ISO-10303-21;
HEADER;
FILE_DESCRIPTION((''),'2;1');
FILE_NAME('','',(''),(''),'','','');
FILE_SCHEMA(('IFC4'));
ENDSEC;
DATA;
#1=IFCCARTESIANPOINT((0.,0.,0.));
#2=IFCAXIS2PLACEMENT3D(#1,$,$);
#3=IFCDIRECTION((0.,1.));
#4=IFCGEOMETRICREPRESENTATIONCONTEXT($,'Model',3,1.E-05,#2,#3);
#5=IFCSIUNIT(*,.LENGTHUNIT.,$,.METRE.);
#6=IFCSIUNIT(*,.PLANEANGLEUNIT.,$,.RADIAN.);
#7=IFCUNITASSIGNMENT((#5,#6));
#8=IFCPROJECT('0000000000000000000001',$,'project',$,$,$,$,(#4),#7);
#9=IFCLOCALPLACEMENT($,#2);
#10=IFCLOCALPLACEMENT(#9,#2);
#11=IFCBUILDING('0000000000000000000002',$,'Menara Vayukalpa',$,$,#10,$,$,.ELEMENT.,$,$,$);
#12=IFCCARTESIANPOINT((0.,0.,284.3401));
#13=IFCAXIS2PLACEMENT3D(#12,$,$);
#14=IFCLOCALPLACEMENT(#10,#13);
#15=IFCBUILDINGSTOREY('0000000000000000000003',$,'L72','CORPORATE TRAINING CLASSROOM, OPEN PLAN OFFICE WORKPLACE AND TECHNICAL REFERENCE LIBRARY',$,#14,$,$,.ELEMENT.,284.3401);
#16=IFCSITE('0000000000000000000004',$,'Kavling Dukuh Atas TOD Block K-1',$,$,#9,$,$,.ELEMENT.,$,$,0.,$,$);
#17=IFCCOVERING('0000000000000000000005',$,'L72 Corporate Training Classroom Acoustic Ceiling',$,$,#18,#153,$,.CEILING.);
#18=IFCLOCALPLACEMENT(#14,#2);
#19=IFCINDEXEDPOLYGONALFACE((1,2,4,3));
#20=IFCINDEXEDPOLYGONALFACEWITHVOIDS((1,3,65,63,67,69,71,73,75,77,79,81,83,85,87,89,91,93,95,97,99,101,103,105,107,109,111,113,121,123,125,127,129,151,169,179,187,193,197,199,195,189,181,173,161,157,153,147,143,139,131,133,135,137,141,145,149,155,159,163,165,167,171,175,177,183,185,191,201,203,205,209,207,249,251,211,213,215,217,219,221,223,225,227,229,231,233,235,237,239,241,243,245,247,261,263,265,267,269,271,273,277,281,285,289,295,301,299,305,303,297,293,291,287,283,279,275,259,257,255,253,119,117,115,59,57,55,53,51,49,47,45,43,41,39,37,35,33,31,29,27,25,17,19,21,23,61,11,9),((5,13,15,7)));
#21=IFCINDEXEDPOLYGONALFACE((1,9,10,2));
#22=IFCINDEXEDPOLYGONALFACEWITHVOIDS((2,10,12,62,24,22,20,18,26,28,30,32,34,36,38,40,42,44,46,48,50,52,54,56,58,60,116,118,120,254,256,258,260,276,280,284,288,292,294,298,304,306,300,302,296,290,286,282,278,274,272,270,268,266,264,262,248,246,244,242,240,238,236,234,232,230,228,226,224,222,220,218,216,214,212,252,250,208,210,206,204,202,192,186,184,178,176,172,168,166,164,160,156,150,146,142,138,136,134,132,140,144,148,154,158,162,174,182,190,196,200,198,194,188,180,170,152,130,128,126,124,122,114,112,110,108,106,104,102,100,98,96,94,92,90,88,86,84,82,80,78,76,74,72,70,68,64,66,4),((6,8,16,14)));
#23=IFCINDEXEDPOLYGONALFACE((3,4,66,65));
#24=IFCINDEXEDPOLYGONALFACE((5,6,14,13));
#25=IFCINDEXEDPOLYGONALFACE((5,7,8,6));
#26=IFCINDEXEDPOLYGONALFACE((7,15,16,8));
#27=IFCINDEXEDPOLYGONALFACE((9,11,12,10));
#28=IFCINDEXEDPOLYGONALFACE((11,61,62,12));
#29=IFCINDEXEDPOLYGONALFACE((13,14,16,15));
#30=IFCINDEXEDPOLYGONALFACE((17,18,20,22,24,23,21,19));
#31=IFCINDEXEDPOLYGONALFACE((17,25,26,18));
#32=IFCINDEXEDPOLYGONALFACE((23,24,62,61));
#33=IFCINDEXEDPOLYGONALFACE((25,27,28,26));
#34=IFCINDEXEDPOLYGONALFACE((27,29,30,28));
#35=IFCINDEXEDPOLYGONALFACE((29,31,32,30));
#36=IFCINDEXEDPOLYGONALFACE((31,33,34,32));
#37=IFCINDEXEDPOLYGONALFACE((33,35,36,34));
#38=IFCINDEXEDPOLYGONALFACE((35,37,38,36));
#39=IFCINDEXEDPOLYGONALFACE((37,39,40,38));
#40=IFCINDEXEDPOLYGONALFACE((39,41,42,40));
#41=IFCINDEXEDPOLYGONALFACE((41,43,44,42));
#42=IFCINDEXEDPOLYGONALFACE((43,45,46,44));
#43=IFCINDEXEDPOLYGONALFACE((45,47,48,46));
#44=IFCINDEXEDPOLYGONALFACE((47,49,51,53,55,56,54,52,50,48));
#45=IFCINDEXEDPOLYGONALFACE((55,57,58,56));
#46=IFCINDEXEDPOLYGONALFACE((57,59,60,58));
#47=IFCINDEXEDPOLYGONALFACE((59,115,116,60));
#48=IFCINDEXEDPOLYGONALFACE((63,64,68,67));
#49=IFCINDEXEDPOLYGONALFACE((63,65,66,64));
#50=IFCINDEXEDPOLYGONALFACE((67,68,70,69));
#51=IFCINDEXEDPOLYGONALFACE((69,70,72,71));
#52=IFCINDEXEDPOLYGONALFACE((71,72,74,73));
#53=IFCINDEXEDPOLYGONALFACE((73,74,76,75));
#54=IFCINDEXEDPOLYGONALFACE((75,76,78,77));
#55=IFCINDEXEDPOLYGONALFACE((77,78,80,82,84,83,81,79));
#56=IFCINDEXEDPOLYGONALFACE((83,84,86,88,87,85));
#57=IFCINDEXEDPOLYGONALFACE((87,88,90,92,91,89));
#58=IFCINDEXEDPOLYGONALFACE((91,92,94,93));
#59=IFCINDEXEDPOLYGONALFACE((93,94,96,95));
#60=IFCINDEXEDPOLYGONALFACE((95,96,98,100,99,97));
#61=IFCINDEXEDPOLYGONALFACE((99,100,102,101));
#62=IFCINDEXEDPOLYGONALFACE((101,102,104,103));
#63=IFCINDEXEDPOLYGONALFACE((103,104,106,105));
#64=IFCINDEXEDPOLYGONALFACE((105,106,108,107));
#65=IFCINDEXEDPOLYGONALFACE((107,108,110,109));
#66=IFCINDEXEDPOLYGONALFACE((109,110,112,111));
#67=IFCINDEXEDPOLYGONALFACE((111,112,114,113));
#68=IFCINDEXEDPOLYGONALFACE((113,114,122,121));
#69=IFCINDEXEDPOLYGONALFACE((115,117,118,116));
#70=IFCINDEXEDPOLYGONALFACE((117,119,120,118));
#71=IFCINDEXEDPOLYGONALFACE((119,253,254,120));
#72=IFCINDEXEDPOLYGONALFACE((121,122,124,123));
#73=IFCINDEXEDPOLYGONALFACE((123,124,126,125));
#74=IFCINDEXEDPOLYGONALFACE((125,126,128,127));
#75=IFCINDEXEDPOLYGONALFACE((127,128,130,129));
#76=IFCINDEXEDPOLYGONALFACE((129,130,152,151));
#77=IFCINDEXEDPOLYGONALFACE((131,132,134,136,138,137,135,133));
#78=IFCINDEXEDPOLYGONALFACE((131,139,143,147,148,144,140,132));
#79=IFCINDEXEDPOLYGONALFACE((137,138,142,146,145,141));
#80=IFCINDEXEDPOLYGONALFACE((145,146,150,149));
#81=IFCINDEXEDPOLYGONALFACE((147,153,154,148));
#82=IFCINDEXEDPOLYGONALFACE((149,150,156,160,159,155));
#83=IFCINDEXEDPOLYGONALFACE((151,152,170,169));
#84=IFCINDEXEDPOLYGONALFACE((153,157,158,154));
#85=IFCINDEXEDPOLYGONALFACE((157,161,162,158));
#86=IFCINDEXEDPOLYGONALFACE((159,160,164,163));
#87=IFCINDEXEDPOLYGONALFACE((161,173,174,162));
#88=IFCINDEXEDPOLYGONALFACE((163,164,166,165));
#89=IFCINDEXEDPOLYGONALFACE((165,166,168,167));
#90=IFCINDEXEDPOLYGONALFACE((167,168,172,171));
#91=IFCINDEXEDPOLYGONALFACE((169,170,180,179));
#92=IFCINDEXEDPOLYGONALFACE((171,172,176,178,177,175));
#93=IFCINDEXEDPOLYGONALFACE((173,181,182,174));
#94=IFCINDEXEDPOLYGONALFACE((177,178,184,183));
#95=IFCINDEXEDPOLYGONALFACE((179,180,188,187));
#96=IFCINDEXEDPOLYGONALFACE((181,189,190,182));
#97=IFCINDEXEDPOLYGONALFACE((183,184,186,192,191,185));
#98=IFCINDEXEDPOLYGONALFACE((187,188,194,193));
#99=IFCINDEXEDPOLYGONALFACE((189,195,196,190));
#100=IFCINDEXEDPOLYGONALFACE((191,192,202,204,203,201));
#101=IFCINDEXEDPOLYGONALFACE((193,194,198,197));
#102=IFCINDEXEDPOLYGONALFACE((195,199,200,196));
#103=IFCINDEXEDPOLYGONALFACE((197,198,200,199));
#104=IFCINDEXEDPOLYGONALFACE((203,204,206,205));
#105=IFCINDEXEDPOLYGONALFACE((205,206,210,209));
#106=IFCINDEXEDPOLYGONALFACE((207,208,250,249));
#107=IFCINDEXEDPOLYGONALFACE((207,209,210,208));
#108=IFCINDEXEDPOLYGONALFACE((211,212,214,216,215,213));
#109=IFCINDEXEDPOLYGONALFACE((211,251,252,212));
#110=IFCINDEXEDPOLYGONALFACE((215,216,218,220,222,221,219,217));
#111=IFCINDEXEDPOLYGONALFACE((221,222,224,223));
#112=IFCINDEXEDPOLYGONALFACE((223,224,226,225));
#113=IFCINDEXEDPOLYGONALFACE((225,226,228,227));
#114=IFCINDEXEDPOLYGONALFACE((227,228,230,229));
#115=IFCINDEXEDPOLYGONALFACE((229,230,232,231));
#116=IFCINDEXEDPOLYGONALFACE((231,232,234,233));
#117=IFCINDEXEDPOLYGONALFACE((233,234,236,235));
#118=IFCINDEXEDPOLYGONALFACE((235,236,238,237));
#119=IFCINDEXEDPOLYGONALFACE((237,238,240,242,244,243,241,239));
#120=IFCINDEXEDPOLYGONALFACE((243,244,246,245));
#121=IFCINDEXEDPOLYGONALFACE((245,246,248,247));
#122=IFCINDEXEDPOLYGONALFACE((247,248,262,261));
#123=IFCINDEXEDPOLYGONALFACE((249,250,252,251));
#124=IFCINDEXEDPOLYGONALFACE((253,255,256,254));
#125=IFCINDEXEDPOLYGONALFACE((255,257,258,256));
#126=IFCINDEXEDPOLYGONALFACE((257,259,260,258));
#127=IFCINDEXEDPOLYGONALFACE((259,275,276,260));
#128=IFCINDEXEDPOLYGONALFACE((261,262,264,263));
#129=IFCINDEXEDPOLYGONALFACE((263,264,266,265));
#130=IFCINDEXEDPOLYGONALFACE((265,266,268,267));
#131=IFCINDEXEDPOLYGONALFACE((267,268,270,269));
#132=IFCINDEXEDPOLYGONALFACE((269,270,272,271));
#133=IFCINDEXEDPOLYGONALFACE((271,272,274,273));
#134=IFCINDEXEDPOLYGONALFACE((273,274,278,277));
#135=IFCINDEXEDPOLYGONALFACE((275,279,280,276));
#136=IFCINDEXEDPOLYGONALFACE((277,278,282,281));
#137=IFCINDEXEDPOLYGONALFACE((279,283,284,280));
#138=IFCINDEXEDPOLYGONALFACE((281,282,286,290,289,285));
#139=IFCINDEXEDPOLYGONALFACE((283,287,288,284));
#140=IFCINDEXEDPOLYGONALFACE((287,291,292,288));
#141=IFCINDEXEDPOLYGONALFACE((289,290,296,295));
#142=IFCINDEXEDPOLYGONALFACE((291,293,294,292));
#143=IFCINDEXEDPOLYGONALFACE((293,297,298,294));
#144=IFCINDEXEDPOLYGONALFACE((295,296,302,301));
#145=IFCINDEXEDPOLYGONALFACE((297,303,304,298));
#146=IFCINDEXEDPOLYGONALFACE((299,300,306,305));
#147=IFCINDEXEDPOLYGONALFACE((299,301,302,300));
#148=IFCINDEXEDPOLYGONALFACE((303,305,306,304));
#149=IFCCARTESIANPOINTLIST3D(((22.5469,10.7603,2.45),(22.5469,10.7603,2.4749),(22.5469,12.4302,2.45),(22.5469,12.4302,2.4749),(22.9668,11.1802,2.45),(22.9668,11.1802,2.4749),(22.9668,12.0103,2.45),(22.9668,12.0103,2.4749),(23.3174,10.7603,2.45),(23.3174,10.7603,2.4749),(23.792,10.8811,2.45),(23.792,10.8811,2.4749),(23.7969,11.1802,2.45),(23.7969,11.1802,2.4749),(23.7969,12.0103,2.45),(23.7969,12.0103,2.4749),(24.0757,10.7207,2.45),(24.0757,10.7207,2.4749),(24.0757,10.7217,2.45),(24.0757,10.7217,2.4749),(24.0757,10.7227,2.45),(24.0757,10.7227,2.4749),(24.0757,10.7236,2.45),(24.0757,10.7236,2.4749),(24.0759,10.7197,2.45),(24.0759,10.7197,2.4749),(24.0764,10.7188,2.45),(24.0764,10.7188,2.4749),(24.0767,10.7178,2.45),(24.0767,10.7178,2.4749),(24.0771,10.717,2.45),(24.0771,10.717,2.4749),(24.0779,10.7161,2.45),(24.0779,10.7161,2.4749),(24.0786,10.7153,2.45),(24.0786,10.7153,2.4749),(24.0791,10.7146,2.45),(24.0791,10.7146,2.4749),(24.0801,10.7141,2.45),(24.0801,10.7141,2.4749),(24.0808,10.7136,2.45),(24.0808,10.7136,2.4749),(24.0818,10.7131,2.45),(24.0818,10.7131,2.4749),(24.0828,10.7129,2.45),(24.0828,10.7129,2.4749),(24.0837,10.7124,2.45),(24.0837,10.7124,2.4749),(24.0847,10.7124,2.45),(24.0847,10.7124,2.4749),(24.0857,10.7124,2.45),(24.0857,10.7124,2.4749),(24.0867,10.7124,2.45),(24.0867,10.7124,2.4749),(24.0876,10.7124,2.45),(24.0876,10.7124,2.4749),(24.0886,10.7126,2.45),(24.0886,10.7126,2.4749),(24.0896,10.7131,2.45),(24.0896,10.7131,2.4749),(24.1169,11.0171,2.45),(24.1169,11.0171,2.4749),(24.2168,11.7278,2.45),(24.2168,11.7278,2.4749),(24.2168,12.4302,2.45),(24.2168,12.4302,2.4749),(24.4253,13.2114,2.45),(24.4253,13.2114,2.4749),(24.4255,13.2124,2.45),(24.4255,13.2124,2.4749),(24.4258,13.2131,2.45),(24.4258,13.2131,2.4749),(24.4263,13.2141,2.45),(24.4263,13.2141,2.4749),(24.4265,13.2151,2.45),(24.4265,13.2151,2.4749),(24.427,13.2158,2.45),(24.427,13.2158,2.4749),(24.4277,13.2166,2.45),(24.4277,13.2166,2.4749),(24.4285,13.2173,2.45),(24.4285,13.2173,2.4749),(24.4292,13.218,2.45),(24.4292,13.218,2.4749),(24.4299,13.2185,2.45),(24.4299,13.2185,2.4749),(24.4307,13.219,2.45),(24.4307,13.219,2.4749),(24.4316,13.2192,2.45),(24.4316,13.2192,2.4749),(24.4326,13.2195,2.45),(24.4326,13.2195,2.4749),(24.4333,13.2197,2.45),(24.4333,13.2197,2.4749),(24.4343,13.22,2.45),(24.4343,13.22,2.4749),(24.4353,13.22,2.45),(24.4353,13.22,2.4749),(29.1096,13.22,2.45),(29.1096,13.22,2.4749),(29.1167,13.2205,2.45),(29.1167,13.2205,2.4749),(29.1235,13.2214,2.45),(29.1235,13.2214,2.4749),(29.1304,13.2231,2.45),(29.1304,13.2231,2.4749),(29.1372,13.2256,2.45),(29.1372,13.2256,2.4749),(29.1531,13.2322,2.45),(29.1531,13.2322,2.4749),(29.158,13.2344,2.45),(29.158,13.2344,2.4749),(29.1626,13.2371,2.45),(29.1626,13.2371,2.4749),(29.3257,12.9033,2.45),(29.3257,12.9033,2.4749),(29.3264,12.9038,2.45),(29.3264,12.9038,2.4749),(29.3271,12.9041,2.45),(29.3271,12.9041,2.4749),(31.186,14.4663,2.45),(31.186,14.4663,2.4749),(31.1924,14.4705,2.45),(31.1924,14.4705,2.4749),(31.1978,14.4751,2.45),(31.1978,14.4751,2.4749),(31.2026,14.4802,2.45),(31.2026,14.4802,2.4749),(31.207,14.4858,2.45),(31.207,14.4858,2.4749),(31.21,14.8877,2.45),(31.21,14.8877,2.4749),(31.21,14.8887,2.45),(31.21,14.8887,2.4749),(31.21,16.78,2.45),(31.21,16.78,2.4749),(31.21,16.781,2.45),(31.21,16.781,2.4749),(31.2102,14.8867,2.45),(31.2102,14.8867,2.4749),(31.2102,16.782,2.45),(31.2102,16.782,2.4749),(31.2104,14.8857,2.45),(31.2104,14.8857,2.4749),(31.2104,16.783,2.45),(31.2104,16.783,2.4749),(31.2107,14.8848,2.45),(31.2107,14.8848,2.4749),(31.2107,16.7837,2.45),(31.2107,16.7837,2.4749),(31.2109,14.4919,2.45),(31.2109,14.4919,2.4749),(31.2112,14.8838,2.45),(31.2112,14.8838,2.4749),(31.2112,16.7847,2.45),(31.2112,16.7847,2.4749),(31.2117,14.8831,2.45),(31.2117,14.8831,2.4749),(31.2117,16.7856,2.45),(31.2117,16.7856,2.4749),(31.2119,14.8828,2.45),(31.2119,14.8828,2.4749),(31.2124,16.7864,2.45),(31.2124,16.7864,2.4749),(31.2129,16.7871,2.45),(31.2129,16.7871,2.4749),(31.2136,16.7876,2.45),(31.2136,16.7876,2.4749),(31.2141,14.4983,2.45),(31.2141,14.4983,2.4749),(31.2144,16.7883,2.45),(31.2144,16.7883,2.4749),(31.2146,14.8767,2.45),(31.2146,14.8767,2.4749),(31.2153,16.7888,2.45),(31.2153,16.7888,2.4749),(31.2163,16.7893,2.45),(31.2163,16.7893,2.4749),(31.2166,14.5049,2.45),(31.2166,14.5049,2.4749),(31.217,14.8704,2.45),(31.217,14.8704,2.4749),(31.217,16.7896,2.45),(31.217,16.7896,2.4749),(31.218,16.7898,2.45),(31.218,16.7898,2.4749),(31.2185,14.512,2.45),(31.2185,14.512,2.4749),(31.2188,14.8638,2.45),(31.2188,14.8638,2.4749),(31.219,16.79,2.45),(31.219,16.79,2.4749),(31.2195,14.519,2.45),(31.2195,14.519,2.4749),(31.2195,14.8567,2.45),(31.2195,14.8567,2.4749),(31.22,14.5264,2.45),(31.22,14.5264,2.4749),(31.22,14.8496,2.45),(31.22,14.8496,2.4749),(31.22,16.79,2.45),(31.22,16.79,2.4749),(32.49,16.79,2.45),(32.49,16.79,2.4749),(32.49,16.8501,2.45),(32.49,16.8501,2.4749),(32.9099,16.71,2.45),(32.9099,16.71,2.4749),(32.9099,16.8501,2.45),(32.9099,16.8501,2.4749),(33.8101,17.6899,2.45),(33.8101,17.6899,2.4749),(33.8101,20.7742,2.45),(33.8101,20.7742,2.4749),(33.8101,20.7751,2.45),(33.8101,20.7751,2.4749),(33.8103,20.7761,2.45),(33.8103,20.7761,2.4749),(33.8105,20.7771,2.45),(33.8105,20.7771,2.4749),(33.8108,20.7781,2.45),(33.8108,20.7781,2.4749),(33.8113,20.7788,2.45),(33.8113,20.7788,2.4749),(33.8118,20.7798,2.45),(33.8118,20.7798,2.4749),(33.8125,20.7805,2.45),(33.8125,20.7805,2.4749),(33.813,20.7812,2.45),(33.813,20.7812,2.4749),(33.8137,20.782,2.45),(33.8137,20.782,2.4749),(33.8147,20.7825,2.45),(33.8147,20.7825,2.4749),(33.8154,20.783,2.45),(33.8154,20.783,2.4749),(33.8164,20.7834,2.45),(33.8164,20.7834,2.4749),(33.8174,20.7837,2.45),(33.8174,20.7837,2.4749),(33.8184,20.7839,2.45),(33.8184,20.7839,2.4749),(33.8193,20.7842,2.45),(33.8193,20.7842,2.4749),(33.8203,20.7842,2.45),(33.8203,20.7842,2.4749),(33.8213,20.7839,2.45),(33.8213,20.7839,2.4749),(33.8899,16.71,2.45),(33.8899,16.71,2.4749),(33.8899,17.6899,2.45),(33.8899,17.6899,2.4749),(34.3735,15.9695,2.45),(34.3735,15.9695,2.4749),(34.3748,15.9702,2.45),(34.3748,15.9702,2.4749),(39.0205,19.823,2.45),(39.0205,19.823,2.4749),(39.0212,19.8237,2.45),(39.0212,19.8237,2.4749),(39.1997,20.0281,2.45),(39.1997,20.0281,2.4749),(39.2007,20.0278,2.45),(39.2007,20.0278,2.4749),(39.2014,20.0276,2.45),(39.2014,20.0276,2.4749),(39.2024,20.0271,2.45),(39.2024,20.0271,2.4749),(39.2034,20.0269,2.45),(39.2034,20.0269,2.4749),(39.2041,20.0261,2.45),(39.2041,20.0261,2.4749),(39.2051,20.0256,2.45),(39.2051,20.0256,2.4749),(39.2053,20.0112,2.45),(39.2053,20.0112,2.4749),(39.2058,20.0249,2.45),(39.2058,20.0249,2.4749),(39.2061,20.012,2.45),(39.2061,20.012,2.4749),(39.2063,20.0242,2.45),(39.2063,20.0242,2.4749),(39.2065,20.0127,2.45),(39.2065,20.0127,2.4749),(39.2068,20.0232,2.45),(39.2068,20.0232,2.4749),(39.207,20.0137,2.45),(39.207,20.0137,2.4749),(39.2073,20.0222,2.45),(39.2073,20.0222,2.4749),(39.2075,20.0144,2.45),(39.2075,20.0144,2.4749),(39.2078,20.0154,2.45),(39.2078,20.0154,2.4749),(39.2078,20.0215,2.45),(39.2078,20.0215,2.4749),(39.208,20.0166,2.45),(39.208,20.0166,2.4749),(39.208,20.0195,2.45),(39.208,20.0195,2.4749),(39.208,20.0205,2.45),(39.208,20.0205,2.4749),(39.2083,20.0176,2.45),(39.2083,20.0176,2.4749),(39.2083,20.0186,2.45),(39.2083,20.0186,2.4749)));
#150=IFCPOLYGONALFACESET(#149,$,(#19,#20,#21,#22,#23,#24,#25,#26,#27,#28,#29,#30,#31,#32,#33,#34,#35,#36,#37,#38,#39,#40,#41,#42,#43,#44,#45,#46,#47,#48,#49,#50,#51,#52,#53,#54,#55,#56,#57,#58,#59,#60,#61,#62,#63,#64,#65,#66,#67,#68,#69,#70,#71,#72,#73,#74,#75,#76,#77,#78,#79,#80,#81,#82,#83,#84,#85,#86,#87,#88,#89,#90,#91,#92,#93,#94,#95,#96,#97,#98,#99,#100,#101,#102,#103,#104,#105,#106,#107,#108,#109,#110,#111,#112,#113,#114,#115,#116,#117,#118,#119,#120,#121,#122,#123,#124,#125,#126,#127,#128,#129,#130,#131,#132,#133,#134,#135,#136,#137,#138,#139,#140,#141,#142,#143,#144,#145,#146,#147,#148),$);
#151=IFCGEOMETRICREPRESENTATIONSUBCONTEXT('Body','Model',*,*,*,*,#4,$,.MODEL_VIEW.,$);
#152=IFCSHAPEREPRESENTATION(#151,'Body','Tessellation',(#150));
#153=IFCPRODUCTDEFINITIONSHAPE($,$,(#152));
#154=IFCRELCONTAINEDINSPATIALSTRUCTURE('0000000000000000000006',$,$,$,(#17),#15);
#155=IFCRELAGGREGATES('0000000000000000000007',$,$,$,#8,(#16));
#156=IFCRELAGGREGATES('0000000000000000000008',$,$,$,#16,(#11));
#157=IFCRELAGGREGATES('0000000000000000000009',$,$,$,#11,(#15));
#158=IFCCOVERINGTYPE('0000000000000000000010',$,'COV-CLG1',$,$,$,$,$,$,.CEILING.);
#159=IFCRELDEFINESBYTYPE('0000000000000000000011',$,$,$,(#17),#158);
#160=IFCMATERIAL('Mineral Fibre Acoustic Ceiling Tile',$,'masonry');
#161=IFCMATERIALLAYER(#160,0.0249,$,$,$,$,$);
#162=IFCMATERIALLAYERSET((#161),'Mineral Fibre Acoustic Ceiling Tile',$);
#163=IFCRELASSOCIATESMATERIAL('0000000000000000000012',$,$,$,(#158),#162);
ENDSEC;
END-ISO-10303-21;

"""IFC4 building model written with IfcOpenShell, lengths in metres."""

from ifc_helpers import new_model, si_unit, direction, frame, origin, place, context, subcontext, project, spatial, polyline, outline, extrude, material, layer, layer_set, type_object, element, save


model = new_model("IFC4")

# Units and contexts
model_context = context("Model", 3, precision=1e-05, world=origin(), true_north=direction((0.0, 1.0)))
body_context = subcontext(model_context, "Body", "Model", "MODEL_VIEW")
ifc_project = project(units=[si_unit("LENGTHUNIT", "METRE"), si_unit("PLANEANGLEUNIT", "RADIAN")], contexts=[model_context])

# Site, building, storey
site_placement = place(None, origin())
site = spatial("IfcSite", under=ifc_project, at=site_placement, Name="Kavling Dukuh Atas TOD Block K-1", CompositionType="ELEMENT", RefElevation=0.0)
building_placement = place(site_placement, origin())
building = spatial("IfcBuilding", under=site, at=building_placement, Name="Menara Vayukalpa", CompositionType="ELEMENT")
storey_placement = place(building_placement, frame((0.0, 0.0, 284.3401)))
storey = spatial("IfcBuildingStorey", under=building, at=storey_placement, Name="L72", Description="CORPORATE TRAINING CLASSROOM, OPEN PLAN OFFICE WORKPLACE AND TECHNICAL REFERENCE LIBRARY", CompositionType="ELEMENT", Elevation=284.3401)

# Covering
ifc_material_1 = material(Name="Mineral Fibre Acoustic Ceiling Tile", Category="masonry")
ifc_layer_1 = layer(ifc_material_1, 0.0249)
ifc_layer_set_1 = layer_set([ifc_layer_1], Name="Mineral Fibre Acoustic Ceiling Tile")
covering_type_1 = type_object("IfcCoveringType", Name="COV-CLG1", PredefinedType="CEILING", material=ifc_layer_set_1)
covering_1_placement = place(storey_placement, frame((0.0, 0.0, 2.45)))
element("IfcCovering", 1, at=covering_1_placement, inside=storey, type_object=covering_type_1, Name="L72 Corporate Training Classroom Acoustic Ceiling", PredefinedType="CEILING", context=body_context, shape_type="SweptSolid", body=[
    extrude(outline(polyline([(24.2168, 12.4302), (24.2168, 11.7278), (24.4253, 13.2114), (24.4255, 13.2124), (24.4258, 13.2131), (24.4263, 13.2141), (24.4265, 13.2151), (24.427, 13.2158), (24.4277, 13.2166), (24.4285, 13.2173), (24.4292, 13.218), (24.4299, 13.2185), (24.4307, 13.219), (24.4316, 13.2192), (24.4326, 13.2195), (24.4333, 13.2197), (24.4343, 13.22), (24.4353, 13.22), (29.1096, 13.22), (29.1167, 13.2205), (29.1235, 13.2214), (29.1304, 13.2231), (29.1372, 13.2256), (29.1531, 13.2322), (29.158, 13.2344), (29.1626, 13.2371), (31.186, 14.4663), (31.1924, 14.4705), (31.1978, 14.4751), (31.2026, 14.4802), (31.207, 14.4858), (31.2109, 14.4919), (31.2141, 14.4983), (31.2166, 14.5049), (31.2185, 14.512), (31.2195, 14.519), (31.22, 14.5264), (31.22, 14.8496), (31.2195, 14.8567), (31.2188, 14.8638), (31.217, 14.8704), (31.2146, 14.8767), (31.2119, 14.8828), (31.2117, 14.8831), (31.2112, 14.8838), (31.2107, 14.8848), (31.2104, 14.8857), (31.2102, 14.8867), (31.21, 14.8877), (31.21, 14.8887), (31.21, 16.78), (31.21, 16.781), (31.2102, 16.782), (31.2104, 16.783), (31.2107, 16.7837), (31.2112, 16.7847), (31.2117, 16.7856), (31.2124, 16.7864), (31.2129, 16.7871), (31.2136, 16.7876), (31.2144, 16.7883), (31.2153, 16.7888), (31.2163, 16.7893), (31.217, 16.7896), (31.218, 16.7898), (31.219, 16.79), (31.22, 16.79), (32.49, 16.79), (32.49, 16.8501), (32.9099, 16.8501), (32.9099, 16.71), (33.8899, 16.71), (33.8899, 17.6899), (33.8101, 17.6899), (33.8101, 20.7742), (33.8101, 20.7751), (33.8103, 20.7761), (33.8105, 20.7771), (33.8108, 20.7781), (33.8113, 20.7788), (33.8118, 20.7798), (33.8125, 20.7805), (33.813, 20.7812), (33.8137, 20.782), (33.8147, 20.7825), (33.8154, 20.783), (33.8164, 20.7834), (33.8174, 20.7837), (33.8184, 20.7839), (33.8193, 20.7842), (33.8203, 20.7842), (33.8213, 20.7839), (39.1997, 20.0281), (39.2007, 20.0278), (39.2014, 20.0276), (39.2024, 20.0271), (39.2034, 20.0269), (39.2041, 20.0261), (39.2051, 20.0256), (39.2058, 20.0249), (39.2063, 20.0242), (39.2068, 20.0232), (39.2073, 20.0222), (39.2078, 20.0215), (39.208, 20.0205), (39.208, 20.0195), (39.2083, 20.0186), (39.2083, 20.0176), (39.208, 20.0166), (39.2078, 20.0154), (39.2075, 20.0144), (39.207, 20.0137), (39.2065, 20.0127), (39.2061, 20.012), (39.2053, 20.0112), (39.0212, 19.8237), (39.0205, 19.823), (34.3748, 15.9702), (34.3735, 15.9695), (29.3271, 12.9041), (29.3264, 12.9038), (29.3257, 12.9033), (24.0896, 10.7131), (24.0886, 10.7126), (24.0876, 10.7124), (24.0867, 10.7124), (24.0857, 10.7124), (24.0847, 10.7124), (24.0837, 10.7124), (24.0828, 10.7129), (24.0818, 10.7131), (24.0808, 10.7136), (24.0801, 10.7141), (24.0791, 10.7146), (24.0786, 10.7153), (24.0779, 10.7161), (24.0771, 10.717), (24.0767, 10.7178), (24.0764, 10.7188), (24.0759, 10.7197), (24.0757, 10.7207), (24.0757, 10.7217), (24.0757, 10.7227), (24.0757, 10.7236), (24.1169, 11.0171), (23.792, 10.8811), (23.3174, 10.7603), (22.5469, 10.7603), (22.5469, 12.4302), (24.2168, 12.4302)]), holes=[polyline([(23.7969, 12.0103), (22.9668, 12.0103), (22.9668, 11.1802), (23.7969, 11.1802), (23.7969, 12.0103)])]), origin(), (0.0, 0.0, 1.0), 0.0249),
])

save(model, "model.ifc")
